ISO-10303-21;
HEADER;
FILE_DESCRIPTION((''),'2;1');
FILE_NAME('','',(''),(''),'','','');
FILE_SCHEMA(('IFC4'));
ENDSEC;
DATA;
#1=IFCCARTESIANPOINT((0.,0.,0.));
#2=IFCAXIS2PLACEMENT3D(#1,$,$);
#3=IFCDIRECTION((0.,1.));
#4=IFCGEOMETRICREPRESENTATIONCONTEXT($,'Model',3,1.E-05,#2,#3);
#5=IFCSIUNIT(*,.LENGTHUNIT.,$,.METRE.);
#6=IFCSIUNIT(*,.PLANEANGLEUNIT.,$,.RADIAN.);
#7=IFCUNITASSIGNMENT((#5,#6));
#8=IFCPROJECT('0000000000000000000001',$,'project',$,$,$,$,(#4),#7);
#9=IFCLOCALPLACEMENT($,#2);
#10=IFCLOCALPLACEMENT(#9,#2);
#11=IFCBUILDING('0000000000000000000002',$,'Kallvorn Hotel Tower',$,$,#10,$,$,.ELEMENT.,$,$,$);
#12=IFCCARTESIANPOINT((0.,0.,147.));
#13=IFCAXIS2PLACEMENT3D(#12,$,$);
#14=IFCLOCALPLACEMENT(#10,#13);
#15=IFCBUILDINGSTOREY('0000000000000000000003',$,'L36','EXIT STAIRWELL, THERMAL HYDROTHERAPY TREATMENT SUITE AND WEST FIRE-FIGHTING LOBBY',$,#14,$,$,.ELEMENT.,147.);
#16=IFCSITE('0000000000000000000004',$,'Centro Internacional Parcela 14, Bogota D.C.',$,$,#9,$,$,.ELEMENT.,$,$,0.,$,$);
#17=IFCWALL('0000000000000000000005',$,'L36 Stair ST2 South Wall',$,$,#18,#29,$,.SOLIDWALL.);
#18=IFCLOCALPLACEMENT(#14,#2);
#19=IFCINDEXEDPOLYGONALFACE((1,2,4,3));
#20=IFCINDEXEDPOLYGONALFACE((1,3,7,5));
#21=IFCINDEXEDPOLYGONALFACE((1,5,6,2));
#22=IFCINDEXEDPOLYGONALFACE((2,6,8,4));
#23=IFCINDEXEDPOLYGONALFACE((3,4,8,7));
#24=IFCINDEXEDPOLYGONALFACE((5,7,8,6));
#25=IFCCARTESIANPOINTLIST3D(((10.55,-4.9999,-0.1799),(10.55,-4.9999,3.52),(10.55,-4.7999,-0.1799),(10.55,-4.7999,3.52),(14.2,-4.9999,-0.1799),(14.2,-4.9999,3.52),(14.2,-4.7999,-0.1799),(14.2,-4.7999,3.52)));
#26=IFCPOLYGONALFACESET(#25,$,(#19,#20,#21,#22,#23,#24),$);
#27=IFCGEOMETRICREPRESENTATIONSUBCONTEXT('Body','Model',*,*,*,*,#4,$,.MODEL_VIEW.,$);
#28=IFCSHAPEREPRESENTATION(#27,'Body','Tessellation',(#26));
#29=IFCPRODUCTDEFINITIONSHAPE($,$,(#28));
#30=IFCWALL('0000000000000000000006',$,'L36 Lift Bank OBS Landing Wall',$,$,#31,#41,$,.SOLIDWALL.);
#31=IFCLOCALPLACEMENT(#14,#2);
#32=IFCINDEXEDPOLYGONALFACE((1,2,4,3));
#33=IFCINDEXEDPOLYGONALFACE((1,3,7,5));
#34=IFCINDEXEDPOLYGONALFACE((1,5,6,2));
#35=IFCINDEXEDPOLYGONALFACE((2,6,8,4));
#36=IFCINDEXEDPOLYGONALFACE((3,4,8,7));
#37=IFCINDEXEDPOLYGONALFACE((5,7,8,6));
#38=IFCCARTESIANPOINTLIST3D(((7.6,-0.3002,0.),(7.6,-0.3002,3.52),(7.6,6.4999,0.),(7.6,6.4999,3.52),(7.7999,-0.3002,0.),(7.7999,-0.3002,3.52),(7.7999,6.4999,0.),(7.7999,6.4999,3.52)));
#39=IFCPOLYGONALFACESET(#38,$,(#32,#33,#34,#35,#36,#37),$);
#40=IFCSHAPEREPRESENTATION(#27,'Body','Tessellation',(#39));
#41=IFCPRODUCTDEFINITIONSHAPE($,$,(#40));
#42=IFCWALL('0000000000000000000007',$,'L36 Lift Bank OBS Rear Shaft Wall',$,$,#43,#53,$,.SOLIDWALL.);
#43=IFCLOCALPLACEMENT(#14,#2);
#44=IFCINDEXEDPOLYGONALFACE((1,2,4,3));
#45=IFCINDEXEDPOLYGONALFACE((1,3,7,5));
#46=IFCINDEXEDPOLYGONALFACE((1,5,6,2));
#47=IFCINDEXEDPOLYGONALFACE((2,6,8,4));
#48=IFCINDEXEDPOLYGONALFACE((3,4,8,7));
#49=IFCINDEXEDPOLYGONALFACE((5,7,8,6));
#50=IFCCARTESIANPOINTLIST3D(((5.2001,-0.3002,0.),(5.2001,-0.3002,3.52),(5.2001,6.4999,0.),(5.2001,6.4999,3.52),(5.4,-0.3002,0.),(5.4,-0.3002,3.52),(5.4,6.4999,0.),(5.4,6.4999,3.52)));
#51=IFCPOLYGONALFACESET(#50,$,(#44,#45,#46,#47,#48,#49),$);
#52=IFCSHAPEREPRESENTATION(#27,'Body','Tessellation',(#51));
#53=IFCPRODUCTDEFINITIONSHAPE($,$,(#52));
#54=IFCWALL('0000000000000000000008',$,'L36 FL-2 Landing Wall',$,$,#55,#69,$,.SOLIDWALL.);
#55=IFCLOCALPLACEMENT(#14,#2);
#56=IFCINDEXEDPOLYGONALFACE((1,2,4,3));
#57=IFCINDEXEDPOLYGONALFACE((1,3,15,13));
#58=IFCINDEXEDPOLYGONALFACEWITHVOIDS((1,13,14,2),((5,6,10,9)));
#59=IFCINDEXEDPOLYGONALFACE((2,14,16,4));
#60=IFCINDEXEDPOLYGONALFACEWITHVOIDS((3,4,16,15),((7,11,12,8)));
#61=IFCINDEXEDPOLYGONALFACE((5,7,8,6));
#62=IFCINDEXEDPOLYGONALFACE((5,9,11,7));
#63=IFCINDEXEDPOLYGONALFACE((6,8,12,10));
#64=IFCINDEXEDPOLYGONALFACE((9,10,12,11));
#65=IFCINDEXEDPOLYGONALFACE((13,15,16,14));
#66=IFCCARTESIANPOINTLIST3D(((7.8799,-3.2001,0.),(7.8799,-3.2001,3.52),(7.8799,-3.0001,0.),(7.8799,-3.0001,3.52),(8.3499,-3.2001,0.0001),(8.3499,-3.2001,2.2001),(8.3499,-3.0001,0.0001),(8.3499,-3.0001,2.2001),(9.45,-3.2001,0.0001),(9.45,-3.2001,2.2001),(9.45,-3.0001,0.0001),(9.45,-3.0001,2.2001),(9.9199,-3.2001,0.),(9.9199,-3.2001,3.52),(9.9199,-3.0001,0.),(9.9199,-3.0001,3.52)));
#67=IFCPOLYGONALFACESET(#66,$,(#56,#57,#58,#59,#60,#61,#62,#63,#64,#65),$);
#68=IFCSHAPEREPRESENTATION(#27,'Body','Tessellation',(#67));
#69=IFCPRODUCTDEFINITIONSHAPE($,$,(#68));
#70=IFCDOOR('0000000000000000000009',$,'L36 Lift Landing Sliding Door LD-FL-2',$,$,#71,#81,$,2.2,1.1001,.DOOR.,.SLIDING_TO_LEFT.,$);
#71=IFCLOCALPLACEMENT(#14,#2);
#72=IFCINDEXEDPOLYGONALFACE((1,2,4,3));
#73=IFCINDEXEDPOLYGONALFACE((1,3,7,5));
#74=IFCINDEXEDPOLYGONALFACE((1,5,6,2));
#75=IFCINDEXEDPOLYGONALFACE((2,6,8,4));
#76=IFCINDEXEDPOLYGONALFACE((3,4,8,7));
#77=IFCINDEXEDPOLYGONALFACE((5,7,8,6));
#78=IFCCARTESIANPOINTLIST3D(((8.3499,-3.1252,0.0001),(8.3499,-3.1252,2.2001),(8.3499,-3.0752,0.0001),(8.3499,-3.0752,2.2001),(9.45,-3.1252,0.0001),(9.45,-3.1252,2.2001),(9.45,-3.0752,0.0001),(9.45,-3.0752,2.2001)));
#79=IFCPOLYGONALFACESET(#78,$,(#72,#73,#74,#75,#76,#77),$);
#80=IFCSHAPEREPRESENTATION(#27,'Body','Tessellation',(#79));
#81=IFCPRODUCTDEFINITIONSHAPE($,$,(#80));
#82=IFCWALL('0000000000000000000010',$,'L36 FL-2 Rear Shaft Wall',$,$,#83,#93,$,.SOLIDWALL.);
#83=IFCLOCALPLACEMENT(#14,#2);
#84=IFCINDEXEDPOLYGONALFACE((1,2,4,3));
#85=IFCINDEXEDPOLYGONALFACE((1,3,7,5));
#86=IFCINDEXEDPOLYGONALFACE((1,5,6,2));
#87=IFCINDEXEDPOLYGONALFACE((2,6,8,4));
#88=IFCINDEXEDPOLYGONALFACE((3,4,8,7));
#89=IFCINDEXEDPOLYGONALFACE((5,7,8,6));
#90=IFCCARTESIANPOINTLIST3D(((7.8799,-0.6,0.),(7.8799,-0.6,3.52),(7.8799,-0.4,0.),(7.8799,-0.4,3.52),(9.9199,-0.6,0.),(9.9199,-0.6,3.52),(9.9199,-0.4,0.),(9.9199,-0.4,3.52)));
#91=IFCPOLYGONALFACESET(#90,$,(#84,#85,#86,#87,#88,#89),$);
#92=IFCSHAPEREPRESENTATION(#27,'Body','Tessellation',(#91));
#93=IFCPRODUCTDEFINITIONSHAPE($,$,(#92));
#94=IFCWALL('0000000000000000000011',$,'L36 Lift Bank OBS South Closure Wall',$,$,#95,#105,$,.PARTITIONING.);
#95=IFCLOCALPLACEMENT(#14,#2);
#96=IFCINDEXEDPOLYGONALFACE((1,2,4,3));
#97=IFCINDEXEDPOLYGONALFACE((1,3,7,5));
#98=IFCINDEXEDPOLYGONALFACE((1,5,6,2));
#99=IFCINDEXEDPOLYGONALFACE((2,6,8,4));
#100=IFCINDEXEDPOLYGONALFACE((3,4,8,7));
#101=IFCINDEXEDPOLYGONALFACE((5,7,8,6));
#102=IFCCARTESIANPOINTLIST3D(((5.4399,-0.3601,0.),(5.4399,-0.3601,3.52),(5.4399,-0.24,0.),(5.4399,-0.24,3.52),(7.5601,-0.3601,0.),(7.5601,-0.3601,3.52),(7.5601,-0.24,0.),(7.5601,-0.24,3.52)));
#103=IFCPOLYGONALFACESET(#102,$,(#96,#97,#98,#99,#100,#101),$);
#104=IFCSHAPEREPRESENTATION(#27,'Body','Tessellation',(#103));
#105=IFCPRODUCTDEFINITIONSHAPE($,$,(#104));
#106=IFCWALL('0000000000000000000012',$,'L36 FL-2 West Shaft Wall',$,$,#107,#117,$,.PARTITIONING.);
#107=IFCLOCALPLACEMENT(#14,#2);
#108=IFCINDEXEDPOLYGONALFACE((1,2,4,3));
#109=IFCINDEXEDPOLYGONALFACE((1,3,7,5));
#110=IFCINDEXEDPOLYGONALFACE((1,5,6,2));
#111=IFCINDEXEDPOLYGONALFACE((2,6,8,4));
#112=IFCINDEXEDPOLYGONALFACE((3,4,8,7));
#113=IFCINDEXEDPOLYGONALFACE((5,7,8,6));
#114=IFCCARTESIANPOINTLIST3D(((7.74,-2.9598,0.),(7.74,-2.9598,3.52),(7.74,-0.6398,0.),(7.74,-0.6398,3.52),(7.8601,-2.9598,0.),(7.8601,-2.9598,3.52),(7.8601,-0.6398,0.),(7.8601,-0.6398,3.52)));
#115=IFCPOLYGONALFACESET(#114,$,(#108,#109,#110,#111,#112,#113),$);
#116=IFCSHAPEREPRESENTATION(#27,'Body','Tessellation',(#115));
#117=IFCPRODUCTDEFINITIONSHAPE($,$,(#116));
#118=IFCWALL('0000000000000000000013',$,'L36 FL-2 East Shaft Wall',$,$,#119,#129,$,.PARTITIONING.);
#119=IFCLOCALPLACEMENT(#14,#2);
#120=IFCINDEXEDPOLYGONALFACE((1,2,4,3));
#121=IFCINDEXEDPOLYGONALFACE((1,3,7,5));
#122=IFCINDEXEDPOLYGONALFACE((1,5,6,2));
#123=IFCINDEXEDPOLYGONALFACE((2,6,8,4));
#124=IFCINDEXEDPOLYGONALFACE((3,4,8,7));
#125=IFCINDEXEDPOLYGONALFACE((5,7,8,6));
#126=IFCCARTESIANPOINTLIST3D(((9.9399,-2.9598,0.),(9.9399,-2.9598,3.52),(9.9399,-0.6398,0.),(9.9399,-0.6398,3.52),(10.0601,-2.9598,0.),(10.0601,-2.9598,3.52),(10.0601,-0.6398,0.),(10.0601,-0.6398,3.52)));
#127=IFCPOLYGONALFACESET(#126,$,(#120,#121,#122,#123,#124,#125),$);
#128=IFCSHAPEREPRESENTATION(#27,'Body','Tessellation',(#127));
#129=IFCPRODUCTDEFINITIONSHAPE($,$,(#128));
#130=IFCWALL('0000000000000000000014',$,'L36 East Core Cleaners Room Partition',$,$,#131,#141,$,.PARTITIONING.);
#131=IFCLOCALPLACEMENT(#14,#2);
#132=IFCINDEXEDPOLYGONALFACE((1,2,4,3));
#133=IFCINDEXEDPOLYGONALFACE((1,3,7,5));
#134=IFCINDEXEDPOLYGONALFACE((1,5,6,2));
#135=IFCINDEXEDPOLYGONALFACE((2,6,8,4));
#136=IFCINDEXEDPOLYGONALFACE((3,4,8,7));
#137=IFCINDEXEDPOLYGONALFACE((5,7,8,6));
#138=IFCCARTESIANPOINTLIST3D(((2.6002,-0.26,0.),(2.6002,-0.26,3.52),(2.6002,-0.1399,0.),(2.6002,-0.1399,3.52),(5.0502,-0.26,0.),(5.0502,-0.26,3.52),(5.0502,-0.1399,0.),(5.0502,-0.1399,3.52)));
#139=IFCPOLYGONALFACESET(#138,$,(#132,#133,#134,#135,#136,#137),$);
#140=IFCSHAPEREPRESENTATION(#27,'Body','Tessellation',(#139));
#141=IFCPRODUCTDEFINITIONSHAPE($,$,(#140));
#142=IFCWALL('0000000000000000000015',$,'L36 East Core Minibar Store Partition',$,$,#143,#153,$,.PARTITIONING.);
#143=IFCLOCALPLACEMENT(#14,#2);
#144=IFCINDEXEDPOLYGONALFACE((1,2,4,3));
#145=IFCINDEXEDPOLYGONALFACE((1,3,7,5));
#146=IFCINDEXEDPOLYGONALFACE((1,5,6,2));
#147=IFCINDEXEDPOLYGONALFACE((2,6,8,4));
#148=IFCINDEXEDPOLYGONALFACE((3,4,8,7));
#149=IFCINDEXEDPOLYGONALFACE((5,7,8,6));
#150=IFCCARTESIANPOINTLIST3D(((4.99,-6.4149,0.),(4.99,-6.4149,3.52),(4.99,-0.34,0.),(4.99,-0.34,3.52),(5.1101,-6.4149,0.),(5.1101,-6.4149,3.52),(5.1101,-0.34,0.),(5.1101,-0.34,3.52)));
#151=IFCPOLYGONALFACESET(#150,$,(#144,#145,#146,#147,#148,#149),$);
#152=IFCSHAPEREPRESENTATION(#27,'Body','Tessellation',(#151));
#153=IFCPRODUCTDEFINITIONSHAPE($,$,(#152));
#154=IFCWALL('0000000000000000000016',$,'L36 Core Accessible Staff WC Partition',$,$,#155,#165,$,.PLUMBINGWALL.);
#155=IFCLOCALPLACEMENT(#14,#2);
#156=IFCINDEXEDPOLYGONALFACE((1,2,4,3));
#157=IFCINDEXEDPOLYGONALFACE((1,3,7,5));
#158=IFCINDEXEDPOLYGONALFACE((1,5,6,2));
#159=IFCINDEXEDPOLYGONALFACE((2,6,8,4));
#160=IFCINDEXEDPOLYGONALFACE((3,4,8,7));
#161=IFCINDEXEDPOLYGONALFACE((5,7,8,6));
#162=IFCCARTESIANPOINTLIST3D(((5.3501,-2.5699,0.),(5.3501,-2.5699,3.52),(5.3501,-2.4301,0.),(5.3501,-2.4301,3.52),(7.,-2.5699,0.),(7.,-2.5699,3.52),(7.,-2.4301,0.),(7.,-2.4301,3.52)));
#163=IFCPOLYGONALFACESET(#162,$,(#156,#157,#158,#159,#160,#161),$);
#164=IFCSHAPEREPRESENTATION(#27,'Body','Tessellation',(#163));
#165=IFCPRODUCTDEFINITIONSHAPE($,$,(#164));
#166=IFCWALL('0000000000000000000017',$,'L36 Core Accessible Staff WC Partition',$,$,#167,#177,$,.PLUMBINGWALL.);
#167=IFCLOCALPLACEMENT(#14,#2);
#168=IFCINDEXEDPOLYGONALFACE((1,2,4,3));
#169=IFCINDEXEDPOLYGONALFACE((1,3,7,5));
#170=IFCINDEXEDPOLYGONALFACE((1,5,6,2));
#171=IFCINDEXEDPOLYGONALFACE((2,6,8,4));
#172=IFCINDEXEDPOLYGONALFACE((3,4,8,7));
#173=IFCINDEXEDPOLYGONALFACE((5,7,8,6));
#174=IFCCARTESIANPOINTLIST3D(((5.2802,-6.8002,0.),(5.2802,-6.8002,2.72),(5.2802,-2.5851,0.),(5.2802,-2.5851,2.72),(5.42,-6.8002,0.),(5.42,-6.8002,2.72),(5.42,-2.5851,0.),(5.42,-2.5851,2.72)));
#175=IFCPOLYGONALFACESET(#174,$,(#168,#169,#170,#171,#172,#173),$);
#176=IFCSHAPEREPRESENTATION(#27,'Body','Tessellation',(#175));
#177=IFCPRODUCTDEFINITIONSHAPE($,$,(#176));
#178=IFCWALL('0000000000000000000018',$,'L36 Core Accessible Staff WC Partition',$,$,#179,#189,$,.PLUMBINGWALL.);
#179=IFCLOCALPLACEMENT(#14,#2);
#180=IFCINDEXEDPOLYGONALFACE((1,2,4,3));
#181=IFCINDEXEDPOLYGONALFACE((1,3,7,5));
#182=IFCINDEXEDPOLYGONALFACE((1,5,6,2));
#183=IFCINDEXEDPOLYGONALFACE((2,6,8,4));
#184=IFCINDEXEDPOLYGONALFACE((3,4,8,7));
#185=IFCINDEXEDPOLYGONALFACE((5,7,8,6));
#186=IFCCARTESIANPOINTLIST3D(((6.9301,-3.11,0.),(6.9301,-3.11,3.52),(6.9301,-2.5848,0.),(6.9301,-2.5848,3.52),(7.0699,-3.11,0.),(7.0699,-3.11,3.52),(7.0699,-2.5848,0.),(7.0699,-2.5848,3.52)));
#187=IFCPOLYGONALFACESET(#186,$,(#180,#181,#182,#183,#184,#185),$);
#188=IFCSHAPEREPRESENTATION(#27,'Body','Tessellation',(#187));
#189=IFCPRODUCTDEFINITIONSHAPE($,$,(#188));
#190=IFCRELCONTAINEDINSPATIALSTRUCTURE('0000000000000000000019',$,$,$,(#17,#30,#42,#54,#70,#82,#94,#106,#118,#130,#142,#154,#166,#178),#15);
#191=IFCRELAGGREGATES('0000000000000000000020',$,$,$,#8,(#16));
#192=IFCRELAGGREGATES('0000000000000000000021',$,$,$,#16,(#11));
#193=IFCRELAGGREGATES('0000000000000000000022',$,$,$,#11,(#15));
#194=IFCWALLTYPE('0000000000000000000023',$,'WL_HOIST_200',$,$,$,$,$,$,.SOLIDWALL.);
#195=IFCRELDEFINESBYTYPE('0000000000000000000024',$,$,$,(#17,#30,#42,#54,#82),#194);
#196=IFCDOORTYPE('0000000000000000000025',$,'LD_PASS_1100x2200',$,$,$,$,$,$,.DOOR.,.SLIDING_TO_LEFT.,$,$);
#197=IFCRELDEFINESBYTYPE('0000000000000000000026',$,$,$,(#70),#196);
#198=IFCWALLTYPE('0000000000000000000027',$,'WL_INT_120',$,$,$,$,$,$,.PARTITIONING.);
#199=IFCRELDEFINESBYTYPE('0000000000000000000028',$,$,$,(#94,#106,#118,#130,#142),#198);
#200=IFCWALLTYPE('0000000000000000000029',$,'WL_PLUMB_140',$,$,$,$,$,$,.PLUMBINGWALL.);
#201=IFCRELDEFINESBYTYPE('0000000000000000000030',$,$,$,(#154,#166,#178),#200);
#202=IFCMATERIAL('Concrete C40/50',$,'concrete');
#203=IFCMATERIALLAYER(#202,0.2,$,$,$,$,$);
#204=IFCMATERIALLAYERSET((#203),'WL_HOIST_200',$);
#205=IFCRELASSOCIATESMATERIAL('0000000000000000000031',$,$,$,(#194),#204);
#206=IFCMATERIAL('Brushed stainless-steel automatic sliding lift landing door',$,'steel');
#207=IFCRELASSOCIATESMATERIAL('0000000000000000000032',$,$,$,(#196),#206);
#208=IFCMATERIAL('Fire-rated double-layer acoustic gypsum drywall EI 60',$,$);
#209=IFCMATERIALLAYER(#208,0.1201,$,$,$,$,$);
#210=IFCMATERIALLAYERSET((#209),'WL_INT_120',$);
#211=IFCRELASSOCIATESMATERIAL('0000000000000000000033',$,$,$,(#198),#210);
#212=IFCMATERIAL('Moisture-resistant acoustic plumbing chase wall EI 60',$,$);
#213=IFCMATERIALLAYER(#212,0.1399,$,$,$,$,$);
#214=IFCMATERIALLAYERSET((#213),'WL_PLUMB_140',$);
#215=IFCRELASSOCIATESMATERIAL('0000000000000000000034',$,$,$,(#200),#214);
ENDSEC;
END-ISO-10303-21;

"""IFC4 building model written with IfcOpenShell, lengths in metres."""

from ifc_helpers import new_model, si_unit, direction, frame, frame_2d, origin, place, context, subcontext, project, spatial, rectangle, extrude, material, layer, layer_set, type_object, element, fill, save


model = new_model("IFC4")

# Units and contexts
model_context = context("Model", 3, precision=1e-05, world=origin(), true_north=direction((0.0, 1.0)))
body_context = subcontext(model_context, "Body", "Model", "MODEL_VIEW")
ifc_project = project(units=[si_unit("LENGTHUNIT", "METRE"), si_unit("PLANEANGLEUNIT", "RADIAN")], contexts=[model_context])

# Site, building, storey
site_placement = place(None, origin())
site = spatial("IfcSite", under=ifc_project, at=site_placement, Name="Centro Internacional Parcela 14, Bogota D.C.", CompositionType="ELEMENT", RefElevation=0.0)
building_placement = place(site_placement, origin())
building = spatial("IfcBuilding", under=site, at=building_placement, Name="Kallvorn Hotel Tower", CompositionType="ELEMENT")
storey_placement = place(building_placement, frame((0.0, 0.0, 147.0)))
storey = spatial("IfcBuildingStorey", under=building, at=storey_placement, Name="L36", Description="EXIT STAIRWELL, THERMAL HYDROTHERAPY TREATMENT SUITE AND WEST FIRE-FIGHTING LOBBY", CompositionType="ELEMENT", Elevation=147.0)

# Walls
ifc_material_1 = material(Name="Concrete C40/50", Category="concrete")
ifc_layer_1 = layer(ifc_material_1, 0.2)
ifc_layer_set_1 = layer_set([ifc_layer_1], Name="WL_HOIST_200")
wall_type_1 = type_object("IfcWallType", Name="WL_HOIST_200", PredefinedType="SOLIDWALL", material=ifc_layer_set_1)
wall_1_placement = place(storey_placement, frame((10.55, -4.8999, -0.1799), z_axis=(0.0, 0.0, 1.0), x_axis=(1.0, 0.0, 0.0)))
element("IfcWall", 1, at=wall_1_placement, inside=storey, type_object=wall_type_1, Name="L36 Stair ST2 South Wall", PredefinedType="SOLIDWALL", context=body_context, shape_type="SweptSolid", body=[
    extrude(rectangle(XDim=3.6499, YDim=0.2, at=frame_2d((1.825, 0.0))), origin(), (0.0, 0.0, 1.0), 3.7),
])
for number, where, z_axis, x_axis, name in (
    (2, (7.7, -0.3, 0.0), (0.0, 0.0, 1.0), (0.0, 1.0, 0.0), "L36 Lift Bank OBS Landing Wall"),
    (3, (5.3, -0.3, 0.0), (0.0, 0.0, 1.0), (0.0, 1.0, 0.0), "L36 Lift Bank OBS Rear Shaft Wall"),
):
    element("IfcWall", number, at=place(storey_placement, frame(where, z_axis=z_axis, x_axis=x_axis)), inside=storey, type_object=wall_type_1, Name=name, PredefinedType="SOLIDWALL", context=body_context, shape_type="SweptSolid", body=[
        extrude(rectangle(XDim=6.8, YDim=0.2, at=frame_2d((3.3999, 0.0))), origin(), (0.0, 0.0, 1.0), 3.52),
    ])

# Wall, opening, door
wall_2_placement = place(storey_placement, frame((7.8799, -3.1001, 0.0), z_axis=(0.0, 0.0, 1.0), x_axis=(1.0, 0.0, 0.0)))
wall_2 = element("IfcWall", 4, at=wall_2_placement, inside=storey, type_object=wall_type_1, Name="L36 FL-2 Landing Wall", PredefinedType="SOLIDWALL", context=body_context, shape_type="SweptSolid", body=[
    extrude(rectangle(XDim=2.04, YDim=0.2, at=frame_2d((1.02, 0.0))), origin(), (0.0, 0.0, 1.0), 3.52),
])
opening_placement = place(wall_2_placement, frame((0.47, 0.0, 0.0)))
opening = element("IfcOpeningElement", 5, at=opening_placement, cuts=wall_2, PredefinedType="OPENING", context=body_context, shape_type="SweptSolid", body=[
    extrude(rectangle(XDim=1.1001, YDim=2.2, at=frame_2d((0.55, 1.1001))), frame((0.0, 0.115, 0.0), z_axis=(0.0, -1.0, 0.0), x_axis=(1.0, 0.0, 0.0)), (0.0, 0.0, 1.0), 0.23),
])
ifc_material_2 = material(Name="Brushed stainless-steel automatic sliding lift landing door", Category="steel")
door_type = type_object("IfcDoorType", Name="LD_PASS_1100x2200", OperationType="SLIDING_TO_LEFT", PredefinedType="DOOR", material=ifc_material_2)
door_placement = place(opening_placement, origin())
door = element("IfcDoor", 6, at=door_placement, inside=storey, type_object=door_type, Name="L36 Lift Landing Sliding Door LD-FL-2", OperationType="SLIDING_TO_LEFT", OverallHeight=2.2, OverallWidth=1.1001, PredefinedType="DOOR", context=body_context, shape_type="SweptSolid", body=[
    extrude(rectangle(XDim=1.1001, YDim=2.2, at=frame_2d((0.55, 1.1001))), frame((0.0, 0.0249, 0.0), z_axis=(0.0, -1.0, 0.0), x_axis=(1.0, 0.0, 0.0)), (0.0, 0.0, 1.0), 0.05),
])
fill(opening, door)

# Walls
wall_3_placement = place(storey_placement, frame((7.8799, -0.5, 0.0), z_axis=(0.0, 0.0, 1.0), x_axis=(1.0, 0.0, 0.0)))
element("IfcWall", 7, at=wall_3_placement, inside=storey, type_object=wall_type_1, Name="L36 FL-2 Rear Shaft Wall", PredefinedType="SOLIDWALL", context=body_context, shape_type="SweptSolid", body=[
    extrude(rectangle(XDim=2.04, YDim=0.2, at=frame_2d((1.02, 0.0))), origin(), (0.0, 0.0, 1.0), 3.52),
])
ifc_material_3 = material(Name="Fire-rated double-layer acoustic gypsum drywall EI 60")
ifc_layer_2 = layer(ifc_material_3, 0.1201)
ifc_layer_set_2 = layer_set([ifc_layer_2], Name="WL_INT_120")
wall_type_2 = type_object("IfcWallType", Name="WL_INT_120", PredefinedType="PARTITIONING", material=ifc_layer_set_2)
wall_4_placement = place(storey_placement, frame((5.4399, -0.3, 0.0), z_axis=(0.0, 0.0, 1.0), x_axis=(1.0, 0.0, 0.0)))
element("IfcWall", 8, at=wall_4_placement, inside=storey, type_object=wall_type_2, Name="L36 Lift Bank OBS South Closure Wall", PredefinedType="PARTITIONING", context=body_context, shape_type="SweptSolid", body=[
    extrude(rectangle(XDim=2.1201, YDim=0.1201, at=frame_2d((1.0601, 0.0))), origin(), (0.0, 0.0, 1.0), 3.52),
])
for number, where, z_axis, x_axis, name in (
    (9, (7.8, -2.96, 0.0), (0.0, 0.0, 1.0), (0.0, 1.0, 0.0), "L36 FL-2 West Shaft Wall"),
    (10, (10.0, -2.96, 0.0), (0.0, 0.0, 1.0), (0.0, 1.0, 0.0), "L36 FL-2 East Shaft Wall"),
):
    element("IfcWall", number, at=place(storey_placement, frame(where, z_axis=z_axis, x_axis=x_axis)), inside=storey, type_object=wall_type_2, Name=name, PredefinedType="PARTITIONING", context=body_context, shape_type="SweptSolid", body=[
        extrude(rectangle(XDim=2.3201, YDim=0.1201, at=frame_2d((1.1602, 0.0))), origin(), (0.0, 0.0, 1.0), 3.52),
    ])
wall_5_placement = place(storey_placement, frame((2.6001, -0.2, 0.0), z_axis=(0.0, 0.0, 1.0), x_axis=(1.0, 0.0, 0.0)))
element("IfcWall", 11, at=wall_5_placement, inside=storey, type_object=wall_type_2, Name="L36 East Core Cleaners Room Partition", PredefinedType="PARTITIONING", context=body_context, shape_type="SweptSolid", body=[
    extrude(rectangle(XDim=2.45, YDim=0.1201, at=frame_2d((1.2251, 0.0))), origin(), (0.0, 0.0, 1.0), 3.52),
])
wall_6_placement = place(storey_placement, frame((5.05, -6.415, 0.0), z_axis=(0.0, 0.0, 1.0), x_axis=(0.0, 1.0, 0.0)))
element("IfcWall", 12, at=wall_6_placement, inside=storey, type_object=wall_type_2, Name="L36 East Core Minibar Store Partition", PredefinedType="PARTITIONING", context=body_context, shape_type="SweptSolid", body=[
    extrude(rectangle(XDim=6.075, YDim=0.1201, at=frame_2d((3.0376, 0.0))), origin(), (0.0, 0.0, 1.0), 3.52),
])
ifc_material_4 = material(Name="Moisture-resistant acoustic plumbing chase wall EI 60")
ifc_layer_3 = layer(ifc_material_4, 0.1399)
ifc_layer_set_3 = layer_set([ifc_layer_3], Name="WL_PLUMB_140")
wall_type_3 = type_object("IfcWallType", Name="WL_PLUMB_140", PredefinedType="PLUMBINGWALL", material=ifc_layer_set_3)
wall_7_placement = place(storey_placement, frame((5.3501, -2.5, 0.0), z_axis=(0.0, 0.0, 1.0), x_axis=(1.0, 0.0, 0.0)))
element("IfcWall", 13, at=wall_7_placement, inside=storey, type_object=wall_type_3, Name="L36 Core Accessible Staff WC Partition", PredefinedType="PLUMBINGWALL", context=body_context, shape_type="SweptSolid", body=[
    extrude(rectangle(XDim=1.6499, YDim=0.1399, at=frame_2d((0.825, 0.0))), origin(), (0.0, 0.0, 1.0), 3.52),
])
wall_8_placement = place(storey_placement, frame((5.3501, -6.8, 0.0), z_axis=(0.0, 0.0, 1.0), x_axis=(0.0, 1.0, 0.0)))
element("IfcWall", 14, at=wall_8_placement, inside=storey, type_object=wall_type_3, Name="L36 Core Accessible Staff WC Partition", PredefinedType="PLUMBINGWALL", context=body_context, shape_type="SweptSolid", body=[
    extrude(rectangle(XDim=4.2151, YDim=0.1399, at=frame_2d((2.1074, 0.0))), origin(), (0.0, 0.0, 1.0), 2.72),
])
wall_9_placement = place(storey_placement, frame((7.0, -3.1101, 0.0), z_axis=(0.0, 0.0, 1.0), x_axis=(0.0, 1.0, 0.0)))
element("IfcWall", 15, at=wall_9_placement, inside=storey, type_object=wall_type_3, Name="L36 Core Accessible Staff WC Partition", PredefinedType="PLUMBINGWALL", context=body_context, shape_type="SweptSolid", body=[
    extrude(rectangle(XDim=0.5251, YDim=0.1399, at=frame_2d((0.2627, 0.0))), origin(), (0.0, 0.0, 1.0), 3.52),
])

save(model, "model.ifc")
